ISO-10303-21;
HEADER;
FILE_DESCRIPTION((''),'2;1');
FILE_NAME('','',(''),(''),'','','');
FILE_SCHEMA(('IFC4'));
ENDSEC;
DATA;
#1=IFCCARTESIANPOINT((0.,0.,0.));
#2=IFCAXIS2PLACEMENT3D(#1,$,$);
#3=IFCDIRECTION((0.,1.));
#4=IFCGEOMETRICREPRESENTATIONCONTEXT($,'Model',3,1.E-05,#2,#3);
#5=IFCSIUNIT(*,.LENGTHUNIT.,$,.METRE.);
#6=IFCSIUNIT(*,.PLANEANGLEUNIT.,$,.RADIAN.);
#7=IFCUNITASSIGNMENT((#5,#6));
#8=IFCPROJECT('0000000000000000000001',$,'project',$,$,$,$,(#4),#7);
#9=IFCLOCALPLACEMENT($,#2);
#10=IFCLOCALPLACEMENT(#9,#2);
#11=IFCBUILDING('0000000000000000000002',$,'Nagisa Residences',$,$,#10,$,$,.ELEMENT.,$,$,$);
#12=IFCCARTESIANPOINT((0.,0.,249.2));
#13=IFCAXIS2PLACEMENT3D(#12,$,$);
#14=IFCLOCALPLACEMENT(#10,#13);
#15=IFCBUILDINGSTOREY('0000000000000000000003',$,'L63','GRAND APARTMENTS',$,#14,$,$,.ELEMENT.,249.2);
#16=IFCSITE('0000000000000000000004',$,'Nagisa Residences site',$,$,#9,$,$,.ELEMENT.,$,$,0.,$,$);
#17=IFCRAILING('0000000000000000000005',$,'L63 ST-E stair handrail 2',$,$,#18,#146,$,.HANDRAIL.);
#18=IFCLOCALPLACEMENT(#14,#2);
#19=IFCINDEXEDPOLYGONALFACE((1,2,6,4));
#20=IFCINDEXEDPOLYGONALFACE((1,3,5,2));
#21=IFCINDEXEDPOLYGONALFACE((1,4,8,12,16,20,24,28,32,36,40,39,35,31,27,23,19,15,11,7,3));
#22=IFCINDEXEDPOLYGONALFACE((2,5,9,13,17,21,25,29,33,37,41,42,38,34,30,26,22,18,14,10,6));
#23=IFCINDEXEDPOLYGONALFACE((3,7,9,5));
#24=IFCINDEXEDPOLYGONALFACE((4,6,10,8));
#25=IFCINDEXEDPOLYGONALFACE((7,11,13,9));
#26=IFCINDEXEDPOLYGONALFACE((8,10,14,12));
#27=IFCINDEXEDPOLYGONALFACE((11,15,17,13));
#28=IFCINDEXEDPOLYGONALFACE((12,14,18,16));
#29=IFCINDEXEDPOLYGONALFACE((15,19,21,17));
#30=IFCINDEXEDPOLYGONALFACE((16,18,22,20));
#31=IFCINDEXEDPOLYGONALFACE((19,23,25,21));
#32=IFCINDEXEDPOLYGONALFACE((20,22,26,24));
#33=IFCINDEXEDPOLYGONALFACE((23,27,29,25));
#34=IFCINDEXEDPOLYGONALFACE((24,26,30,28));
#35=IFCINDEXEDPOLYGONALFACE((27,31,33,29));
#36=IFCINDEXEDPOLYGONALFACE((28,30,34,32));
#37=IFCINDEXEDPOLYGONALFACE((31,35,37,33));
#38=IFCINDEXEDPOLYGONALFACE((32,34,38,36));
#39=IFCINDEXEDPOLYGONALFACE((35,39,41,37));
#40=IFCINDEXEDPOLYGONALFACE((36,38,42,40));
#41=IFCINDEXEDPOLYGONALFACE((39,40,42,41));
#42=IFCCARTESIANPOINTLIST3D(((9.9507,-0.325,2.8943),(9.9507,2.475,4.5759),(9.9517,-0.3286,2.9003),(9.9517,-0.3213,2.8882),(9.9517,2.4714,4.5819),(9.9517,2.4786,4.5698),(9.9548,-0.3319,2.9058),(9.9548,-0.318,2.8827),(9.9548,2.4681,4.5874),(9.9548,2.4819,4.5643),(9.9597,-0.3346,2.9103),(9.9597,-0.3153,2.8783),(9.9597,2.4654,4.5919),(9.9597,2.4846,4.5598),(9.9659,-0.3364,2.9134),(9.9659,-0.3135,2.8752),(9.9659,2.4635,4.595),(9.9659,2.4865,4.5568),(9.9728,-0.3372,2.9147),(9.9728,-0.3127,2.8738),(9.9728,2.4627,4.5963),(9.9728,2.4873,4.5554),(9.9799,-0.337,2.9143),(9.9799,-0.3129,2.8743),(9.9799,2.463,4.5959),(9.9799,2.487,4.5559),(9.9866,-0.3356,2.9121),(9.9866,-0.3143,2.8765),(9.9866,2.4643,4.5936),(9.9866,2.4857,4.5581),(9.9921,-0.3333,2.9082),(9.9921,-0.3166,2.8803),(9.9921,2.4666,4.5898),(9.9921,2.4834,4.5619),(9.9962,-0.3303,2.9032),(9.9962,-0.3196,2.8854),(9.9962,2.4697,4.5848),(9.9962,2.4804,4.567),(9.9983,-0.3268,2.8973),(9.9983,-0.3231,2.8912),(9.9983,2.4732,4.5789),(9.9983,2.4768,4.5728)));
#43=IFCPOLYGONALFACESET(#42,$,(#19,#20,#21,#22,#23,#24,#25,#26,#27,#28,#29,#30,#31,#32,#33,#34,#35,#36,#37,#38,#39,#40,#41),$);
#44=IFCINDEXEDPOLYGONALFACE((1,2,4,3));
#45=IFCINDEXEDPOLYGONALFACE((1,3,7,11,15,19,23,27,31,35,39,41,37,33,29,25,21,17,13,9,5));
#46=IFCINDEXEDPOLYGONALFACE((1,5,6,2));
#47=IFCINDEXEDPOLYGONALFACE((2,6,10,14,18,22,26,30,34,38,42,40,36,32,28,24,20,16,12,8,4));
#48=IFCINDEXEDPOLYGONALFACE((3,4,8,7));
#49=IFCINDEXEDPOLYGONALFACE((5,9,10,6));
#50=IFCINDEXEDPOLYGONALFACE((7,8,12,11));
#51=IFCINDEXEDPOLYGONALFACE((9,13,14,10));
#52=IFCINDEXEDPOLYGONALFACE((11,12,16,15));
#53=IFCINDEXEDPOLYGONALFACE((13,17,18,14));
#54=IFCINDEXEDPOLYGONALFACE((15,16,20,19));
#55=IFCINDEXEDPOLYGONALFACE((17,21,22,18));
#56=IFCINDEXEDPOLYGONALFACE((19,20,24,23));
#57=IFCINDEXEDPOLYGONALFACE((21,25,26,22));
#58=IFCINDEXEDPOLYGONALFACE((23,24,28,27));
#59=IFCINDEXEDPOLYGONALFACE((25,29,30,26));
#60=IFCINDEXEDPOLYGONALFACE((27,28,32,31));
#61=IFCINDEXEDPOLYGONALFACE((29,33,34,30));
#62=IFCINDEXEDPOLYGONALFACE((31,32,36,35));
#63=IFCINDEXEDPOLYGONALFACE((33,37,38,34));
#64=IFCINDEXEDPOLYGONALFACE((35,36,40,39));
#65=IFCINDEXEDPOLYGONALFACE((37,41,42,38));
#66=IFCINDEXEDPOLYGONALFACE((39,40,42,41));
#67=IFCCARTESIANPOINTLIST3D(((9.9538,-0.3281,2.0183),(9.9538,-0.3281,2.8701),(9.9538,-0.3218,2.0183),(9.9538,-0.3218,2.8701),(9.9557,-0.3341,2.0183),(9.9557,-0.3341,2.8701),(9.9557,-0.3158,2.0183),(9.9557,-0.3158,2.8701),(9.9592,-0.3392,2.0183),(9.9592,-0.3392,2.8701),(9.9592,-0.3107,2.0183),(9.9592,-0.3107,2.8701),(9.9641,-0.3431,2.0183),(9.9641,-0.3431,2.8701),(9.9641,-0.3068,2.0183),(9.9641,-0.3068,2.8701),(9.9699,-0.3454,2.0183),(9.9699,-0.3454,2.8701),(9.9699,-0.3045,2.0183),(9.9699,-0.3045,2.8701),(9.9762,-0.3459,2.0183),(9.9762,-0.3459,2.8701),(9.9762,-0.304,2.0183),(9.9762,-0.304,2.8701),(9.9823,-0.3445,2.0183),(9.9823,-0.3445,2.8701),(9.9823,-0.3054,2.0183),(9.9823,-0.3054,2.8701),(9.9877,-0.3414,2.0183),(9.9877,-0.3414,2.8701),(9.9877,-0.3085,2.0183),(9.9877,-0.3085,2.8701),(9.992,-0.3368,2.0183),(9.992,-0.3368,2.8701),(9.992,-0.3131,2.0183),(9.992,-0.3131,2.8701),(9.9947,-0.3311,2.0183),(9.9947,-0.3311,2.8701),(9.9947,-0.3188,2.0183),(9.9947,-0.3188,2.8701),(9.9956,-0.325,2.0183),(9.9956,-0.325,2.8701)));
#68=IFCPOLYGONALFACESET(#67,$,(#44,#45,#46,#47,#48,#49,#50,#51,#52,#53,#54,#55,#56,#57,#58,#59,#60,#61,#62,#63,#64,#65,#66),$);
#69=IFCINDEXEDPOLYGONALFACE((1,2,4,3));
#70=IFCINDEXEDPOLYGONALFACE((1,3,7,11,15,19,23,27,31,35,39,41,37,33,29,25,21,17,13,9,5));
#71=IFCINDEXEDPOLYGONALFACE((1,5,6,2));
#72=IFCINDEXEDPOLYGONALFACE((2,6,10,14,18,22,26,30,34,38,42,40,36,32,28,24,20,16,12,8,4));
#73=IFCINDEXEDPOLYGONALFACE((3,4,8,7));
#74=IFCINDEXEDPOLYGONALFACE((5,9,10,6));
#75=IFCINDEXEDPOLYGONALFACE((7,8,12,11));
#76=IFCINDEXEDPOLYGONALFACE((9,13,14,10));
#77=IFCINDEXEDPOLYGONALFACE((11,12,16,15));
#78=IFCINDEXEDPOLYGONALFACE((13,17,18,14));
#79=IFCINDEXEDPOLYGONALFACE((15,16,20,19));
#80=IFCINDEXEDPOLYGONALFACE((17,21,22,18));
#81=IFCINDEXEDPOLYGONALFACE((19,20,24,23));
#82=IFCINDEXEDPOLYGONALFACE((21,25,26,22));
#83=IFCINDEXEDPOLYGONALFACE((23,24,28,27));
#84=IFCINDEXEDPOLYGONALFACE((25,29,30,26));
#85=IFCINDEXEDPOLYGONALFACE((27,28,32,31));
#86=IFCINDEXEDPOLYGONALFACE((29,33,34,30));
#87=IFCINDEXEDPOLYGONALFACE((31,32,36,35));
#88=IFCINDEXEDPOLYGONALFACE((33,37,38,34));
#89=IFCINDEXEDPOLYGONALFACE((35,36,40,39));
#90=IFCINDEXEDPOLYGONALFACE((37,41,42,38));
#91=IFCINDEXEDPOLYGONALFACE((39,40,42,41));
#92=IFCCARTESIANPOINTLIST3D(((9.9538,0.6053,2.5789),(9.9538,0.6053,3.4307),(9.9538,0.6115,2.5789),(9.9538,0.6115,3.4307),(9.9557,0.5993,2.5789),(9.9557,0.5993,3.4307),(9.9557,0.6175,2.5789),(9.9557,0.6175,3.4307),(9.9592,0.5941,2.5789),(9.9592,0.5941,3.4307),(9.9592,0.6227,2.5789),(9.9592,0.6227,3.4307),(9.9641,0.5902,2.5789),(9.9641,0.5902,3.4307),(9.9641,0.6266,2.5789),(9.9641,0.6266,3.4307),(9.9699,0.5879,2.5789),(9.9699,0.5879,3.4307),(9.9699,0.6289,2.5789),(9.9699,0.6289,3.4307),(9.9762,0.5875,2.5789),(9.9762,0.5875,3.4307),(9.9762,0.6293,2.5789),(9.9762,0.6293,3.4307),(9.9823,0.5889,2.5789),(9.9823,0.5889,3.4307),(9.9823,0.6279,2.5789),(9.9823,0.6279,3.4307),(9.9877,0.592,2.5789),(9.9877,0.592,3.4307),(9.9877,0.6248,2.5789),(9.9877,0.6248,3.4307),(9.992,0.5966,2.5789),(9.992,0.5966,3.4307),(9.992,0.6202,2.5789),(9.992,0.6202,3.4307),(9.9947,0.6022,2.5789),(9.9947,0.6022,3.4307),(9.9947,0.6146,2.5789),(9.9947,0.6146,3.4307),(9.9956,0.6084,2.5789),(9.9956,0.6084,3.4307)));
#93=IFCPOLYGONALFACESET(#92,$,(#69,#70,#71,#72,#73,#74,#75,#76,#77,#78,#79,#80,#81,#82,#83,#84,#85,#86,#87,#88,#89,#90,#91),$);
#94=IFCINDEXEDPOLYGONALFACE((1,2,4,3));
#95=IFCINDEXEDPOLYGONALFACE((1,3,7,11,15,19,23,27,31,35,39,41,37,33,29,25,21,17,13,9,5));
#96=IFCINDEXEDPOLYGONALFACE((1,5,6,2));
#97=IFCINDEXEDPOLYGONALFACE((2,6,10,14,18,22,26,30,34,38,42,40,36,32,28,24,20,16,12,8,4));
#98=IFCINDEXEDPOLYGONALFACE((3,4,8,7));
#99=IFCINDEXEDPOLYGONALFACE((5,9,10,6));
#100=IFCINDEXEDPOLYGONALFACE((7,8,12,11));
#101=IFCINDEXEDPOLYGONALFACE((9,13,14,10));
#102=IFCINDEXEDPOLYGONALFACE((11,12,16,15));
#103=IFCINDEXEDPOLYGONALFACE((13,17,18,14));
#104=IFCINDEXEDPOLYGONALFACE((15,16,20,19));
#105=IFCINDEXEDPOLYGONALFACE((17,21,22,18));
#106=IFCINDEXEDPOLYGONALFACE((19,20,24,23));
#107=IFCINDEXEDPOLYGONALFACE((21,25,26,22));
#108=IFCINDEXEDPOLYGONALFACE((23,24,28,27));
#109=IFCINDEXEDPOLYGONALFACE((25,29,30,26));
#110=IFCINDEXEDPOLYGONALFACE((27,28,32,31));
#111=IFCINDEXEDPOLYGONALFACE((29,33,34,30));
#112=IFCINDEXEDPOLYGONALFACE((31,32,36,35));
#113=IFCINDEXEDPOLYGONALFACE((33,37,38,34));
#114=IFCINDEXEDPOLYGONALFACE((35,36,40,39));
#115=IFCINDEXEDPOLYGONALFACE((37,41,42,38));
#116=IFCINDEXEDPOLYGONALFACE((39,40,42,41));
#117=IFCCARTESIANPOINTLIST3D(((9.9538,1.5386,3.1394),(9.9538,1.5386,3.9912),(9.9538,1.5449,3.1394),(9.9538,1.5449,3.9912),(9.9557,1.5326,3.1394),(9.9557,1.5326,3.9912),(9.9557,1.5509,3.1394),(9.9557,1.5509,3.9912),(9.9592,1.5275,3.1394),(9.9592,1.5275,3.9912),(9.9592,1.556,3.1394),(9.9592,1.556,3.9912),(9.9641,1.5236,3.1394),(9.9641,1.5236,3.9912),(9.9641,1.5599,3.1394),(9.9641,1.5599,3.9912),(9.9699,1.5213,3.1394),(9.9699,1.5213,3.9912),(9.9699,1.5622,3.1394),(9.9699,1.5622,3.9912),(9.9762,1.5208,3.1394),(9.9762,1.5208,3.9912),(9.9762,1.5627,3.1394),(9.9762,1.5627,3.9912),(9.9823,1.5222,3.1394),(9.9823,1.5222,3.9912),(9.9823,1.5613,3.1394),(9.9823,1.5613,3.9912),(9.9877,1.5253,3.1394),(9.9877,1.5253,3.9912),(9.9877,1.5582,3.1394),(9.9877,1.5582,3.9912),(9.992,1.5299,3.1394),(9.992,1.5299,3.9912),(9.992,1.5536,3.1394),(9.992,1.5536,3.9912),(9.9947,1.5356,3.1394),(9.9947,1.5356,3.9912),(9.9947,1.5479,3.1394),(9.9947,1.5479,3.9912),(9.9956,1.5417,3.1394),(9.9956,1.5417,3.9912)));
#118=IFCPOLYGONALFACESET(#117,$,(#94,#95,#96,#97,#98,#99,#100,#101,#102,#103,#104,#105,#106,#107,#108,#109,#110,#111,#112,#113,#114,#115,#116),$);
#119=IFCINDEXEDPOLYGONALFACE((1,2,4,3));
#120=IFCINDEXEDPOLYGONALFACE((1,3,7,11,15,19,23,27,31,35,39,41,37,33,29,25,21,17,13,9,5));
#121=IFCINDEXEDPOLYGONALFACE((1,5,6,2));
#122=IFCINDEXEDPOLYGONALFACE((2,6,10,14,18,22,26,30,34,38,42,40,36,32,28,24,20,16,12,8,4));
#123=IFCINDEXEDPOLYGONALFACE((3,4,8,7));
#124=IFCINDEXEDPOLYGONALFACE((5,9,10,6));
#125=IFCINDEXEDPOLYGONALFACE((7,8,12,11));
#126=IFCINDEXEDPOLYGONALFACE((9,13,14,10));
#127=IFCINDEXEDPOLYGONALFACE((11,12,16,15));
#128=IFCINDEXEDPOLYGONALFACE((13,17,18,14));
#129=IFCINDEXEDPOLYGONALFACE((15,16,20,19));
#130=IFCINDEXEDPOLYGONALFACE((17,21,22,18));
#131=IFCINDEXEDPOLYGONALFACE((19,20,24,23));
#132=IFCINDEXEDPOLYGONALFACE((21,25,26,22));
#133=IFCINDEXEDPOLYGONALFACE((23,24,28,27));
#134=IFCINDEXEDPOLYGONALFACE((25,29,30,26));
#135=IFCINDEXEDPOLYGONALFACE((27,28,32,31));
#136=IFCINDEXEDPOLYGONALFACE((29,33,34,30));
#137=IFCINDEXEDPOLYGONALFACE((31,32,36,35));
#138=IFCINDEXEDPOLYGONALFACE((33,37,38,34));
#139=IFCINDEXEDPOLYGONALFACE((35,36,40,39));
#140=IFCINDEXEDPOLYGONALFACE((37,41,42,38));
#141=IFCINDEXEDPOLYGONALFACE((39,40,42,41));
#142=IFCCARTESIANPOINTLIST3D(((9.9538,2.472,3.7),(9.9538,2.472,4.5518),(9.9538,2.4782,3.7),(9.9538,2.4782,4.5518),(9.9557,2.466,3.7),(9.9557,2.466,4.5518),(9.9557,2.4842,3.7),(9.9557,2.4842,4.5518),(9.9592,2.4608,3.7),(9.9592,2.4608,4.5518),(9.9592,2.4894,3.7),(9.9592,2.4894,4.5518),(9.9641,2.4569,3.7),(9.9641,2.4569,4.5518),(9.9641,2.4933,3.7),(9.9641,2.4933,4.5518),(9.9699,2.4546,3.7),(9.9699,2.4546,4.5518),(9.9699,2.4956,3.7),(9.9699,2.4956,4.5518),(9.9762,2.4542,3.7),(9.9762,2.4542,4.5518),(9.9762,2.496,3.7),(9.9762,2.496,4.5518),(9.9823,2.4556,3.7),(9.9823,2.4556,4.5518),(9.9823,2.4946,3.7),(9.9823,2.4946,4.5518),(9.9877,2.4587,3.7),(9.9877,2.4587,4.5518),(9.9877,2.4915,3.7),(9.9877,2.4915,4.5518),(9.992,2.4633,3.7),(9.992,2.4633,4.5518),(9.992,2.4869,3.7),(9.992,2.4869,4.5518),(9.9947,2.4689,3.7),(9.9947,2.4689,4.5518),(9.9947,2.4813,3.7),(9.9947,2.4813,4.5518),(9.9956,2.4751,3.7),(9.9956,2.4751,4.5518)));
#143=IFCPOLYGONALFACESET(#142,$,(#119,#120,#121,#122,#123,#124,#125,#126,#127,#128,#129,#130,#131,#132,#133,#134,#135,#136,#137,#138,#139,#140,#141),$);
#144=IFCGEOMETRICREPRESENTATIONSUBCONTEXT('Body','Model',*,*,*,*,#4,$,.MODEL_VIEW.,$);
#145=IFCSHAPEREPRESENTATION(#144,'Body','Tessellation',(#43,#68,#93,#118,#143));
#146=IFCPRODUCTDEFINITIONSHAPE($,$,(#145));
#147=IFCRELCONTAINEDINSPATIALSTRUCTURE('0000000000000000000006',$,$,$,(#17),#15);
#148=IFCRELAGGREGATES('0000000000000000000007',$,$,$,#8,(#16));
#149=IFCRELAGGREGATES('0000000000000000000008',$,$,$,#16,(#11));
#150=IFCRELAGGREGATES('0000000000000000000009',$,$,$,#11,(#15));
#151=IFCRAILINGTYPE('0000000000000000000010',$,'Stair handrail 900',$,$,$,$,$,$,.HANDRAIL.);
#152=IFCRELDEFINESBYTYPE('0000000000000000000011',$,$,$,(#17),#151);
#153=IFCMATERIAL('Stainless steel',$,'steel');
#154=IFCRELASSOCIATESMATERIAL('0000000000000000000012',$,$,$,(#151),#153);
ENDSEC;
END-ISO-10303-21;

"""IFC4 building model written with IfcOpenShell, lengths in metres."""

from ifc_helpers import new_model, si_unit, direction, frame, origin, origin_2d, place, context, subcontext, project, spatial, circle, extrude, material, type_object, element, save


model = new_model("IFC4")

# Units and contexts
model_context = context("Model", 3, precision=1e-05, world=origin(), true_north=direction((0.0, 1.0)))
body_context = subcontext(model_context, "Body", "Model", "MODEL_VIEW")
ifc_project = project(units=[si_unit("LENGTHUNIT", "METRE"), si_unit("PLANEANGLEUNIT", "RADIAN")], contexts=[model_context])

# Site, building, storey
site_placement = place(None, origin())
site = spatial("IfcSite", under=ifc_project, at=site_placement, Name="Nagisa Residences site", CompositionType="ELEMENT", RefElevation=0.0)
building_placement = place(site_placement, origin())
building = spatial("IfcBuilding", under=site, at=building_placement, Name="Nagisa Residences", CompositionType="ELEMENT")
storey_placement = place(building_placement, frame((0.0, 0.0, 249.2)))
storey = spatial("IfcBuildingStorey", under=building, at=storey_placement, Name="L63", Description="GRAND APARTMENTS", CompositionType="ELEMENT", Elevation=249.2)

# Railing
ifc_material_1 = material(Name="Stainless steel", Category="steel")
railing_type_1 = type_object("IfcRailingType", Name="Stair handrail 900", PredefinedType="HANDRAIL", material=ifc_material_1)
railing_1_placement = place(storey_placement, frame((9.9746, -0.325, 2.0183)))
element("IfcRailing", 1, at=railing_1_placement, inside=storey, type_object=railing_type_1, Name="L63 ST-E stair handrail 2", PredefinedType="HANDRAIL", context=body_context, shape_type="SweptSolid", body=[
    extrude(circle(Radius=0.0239, at=origin_2d()), frame((0.0, 0.0, 0.876), z_axis=(0.0, 0.857275, 0.514858), x_axis=(-1.0, 0.0, 0.0)), (0.0, 0.0, 1.0), 3.2661),
    extrude(circle(Radius=0.021, at=origin_2d()), origin(), (0.0, 0.0, 1.0), 0.8518),
    extrude(circle(Radius=0.021, at=origin_2d()), frame((0.0, 0.9333, 0.5605)), (0.0, 0.0, 1.0), 0.8518),
    extrude(circle(Radius=0.021, at=origin_2d()), frame((0.0, 1.8667, 1.1211)), (0.0, 0.0, 1.0), 0.8518),
    extrude(circle(Radius=0.021, at=origin_2d()), frame((0.0, 2.8, 1.6816)), (0.0, 0.0, 1.0), 0.8518),
])

save(model, "model.ifc")
